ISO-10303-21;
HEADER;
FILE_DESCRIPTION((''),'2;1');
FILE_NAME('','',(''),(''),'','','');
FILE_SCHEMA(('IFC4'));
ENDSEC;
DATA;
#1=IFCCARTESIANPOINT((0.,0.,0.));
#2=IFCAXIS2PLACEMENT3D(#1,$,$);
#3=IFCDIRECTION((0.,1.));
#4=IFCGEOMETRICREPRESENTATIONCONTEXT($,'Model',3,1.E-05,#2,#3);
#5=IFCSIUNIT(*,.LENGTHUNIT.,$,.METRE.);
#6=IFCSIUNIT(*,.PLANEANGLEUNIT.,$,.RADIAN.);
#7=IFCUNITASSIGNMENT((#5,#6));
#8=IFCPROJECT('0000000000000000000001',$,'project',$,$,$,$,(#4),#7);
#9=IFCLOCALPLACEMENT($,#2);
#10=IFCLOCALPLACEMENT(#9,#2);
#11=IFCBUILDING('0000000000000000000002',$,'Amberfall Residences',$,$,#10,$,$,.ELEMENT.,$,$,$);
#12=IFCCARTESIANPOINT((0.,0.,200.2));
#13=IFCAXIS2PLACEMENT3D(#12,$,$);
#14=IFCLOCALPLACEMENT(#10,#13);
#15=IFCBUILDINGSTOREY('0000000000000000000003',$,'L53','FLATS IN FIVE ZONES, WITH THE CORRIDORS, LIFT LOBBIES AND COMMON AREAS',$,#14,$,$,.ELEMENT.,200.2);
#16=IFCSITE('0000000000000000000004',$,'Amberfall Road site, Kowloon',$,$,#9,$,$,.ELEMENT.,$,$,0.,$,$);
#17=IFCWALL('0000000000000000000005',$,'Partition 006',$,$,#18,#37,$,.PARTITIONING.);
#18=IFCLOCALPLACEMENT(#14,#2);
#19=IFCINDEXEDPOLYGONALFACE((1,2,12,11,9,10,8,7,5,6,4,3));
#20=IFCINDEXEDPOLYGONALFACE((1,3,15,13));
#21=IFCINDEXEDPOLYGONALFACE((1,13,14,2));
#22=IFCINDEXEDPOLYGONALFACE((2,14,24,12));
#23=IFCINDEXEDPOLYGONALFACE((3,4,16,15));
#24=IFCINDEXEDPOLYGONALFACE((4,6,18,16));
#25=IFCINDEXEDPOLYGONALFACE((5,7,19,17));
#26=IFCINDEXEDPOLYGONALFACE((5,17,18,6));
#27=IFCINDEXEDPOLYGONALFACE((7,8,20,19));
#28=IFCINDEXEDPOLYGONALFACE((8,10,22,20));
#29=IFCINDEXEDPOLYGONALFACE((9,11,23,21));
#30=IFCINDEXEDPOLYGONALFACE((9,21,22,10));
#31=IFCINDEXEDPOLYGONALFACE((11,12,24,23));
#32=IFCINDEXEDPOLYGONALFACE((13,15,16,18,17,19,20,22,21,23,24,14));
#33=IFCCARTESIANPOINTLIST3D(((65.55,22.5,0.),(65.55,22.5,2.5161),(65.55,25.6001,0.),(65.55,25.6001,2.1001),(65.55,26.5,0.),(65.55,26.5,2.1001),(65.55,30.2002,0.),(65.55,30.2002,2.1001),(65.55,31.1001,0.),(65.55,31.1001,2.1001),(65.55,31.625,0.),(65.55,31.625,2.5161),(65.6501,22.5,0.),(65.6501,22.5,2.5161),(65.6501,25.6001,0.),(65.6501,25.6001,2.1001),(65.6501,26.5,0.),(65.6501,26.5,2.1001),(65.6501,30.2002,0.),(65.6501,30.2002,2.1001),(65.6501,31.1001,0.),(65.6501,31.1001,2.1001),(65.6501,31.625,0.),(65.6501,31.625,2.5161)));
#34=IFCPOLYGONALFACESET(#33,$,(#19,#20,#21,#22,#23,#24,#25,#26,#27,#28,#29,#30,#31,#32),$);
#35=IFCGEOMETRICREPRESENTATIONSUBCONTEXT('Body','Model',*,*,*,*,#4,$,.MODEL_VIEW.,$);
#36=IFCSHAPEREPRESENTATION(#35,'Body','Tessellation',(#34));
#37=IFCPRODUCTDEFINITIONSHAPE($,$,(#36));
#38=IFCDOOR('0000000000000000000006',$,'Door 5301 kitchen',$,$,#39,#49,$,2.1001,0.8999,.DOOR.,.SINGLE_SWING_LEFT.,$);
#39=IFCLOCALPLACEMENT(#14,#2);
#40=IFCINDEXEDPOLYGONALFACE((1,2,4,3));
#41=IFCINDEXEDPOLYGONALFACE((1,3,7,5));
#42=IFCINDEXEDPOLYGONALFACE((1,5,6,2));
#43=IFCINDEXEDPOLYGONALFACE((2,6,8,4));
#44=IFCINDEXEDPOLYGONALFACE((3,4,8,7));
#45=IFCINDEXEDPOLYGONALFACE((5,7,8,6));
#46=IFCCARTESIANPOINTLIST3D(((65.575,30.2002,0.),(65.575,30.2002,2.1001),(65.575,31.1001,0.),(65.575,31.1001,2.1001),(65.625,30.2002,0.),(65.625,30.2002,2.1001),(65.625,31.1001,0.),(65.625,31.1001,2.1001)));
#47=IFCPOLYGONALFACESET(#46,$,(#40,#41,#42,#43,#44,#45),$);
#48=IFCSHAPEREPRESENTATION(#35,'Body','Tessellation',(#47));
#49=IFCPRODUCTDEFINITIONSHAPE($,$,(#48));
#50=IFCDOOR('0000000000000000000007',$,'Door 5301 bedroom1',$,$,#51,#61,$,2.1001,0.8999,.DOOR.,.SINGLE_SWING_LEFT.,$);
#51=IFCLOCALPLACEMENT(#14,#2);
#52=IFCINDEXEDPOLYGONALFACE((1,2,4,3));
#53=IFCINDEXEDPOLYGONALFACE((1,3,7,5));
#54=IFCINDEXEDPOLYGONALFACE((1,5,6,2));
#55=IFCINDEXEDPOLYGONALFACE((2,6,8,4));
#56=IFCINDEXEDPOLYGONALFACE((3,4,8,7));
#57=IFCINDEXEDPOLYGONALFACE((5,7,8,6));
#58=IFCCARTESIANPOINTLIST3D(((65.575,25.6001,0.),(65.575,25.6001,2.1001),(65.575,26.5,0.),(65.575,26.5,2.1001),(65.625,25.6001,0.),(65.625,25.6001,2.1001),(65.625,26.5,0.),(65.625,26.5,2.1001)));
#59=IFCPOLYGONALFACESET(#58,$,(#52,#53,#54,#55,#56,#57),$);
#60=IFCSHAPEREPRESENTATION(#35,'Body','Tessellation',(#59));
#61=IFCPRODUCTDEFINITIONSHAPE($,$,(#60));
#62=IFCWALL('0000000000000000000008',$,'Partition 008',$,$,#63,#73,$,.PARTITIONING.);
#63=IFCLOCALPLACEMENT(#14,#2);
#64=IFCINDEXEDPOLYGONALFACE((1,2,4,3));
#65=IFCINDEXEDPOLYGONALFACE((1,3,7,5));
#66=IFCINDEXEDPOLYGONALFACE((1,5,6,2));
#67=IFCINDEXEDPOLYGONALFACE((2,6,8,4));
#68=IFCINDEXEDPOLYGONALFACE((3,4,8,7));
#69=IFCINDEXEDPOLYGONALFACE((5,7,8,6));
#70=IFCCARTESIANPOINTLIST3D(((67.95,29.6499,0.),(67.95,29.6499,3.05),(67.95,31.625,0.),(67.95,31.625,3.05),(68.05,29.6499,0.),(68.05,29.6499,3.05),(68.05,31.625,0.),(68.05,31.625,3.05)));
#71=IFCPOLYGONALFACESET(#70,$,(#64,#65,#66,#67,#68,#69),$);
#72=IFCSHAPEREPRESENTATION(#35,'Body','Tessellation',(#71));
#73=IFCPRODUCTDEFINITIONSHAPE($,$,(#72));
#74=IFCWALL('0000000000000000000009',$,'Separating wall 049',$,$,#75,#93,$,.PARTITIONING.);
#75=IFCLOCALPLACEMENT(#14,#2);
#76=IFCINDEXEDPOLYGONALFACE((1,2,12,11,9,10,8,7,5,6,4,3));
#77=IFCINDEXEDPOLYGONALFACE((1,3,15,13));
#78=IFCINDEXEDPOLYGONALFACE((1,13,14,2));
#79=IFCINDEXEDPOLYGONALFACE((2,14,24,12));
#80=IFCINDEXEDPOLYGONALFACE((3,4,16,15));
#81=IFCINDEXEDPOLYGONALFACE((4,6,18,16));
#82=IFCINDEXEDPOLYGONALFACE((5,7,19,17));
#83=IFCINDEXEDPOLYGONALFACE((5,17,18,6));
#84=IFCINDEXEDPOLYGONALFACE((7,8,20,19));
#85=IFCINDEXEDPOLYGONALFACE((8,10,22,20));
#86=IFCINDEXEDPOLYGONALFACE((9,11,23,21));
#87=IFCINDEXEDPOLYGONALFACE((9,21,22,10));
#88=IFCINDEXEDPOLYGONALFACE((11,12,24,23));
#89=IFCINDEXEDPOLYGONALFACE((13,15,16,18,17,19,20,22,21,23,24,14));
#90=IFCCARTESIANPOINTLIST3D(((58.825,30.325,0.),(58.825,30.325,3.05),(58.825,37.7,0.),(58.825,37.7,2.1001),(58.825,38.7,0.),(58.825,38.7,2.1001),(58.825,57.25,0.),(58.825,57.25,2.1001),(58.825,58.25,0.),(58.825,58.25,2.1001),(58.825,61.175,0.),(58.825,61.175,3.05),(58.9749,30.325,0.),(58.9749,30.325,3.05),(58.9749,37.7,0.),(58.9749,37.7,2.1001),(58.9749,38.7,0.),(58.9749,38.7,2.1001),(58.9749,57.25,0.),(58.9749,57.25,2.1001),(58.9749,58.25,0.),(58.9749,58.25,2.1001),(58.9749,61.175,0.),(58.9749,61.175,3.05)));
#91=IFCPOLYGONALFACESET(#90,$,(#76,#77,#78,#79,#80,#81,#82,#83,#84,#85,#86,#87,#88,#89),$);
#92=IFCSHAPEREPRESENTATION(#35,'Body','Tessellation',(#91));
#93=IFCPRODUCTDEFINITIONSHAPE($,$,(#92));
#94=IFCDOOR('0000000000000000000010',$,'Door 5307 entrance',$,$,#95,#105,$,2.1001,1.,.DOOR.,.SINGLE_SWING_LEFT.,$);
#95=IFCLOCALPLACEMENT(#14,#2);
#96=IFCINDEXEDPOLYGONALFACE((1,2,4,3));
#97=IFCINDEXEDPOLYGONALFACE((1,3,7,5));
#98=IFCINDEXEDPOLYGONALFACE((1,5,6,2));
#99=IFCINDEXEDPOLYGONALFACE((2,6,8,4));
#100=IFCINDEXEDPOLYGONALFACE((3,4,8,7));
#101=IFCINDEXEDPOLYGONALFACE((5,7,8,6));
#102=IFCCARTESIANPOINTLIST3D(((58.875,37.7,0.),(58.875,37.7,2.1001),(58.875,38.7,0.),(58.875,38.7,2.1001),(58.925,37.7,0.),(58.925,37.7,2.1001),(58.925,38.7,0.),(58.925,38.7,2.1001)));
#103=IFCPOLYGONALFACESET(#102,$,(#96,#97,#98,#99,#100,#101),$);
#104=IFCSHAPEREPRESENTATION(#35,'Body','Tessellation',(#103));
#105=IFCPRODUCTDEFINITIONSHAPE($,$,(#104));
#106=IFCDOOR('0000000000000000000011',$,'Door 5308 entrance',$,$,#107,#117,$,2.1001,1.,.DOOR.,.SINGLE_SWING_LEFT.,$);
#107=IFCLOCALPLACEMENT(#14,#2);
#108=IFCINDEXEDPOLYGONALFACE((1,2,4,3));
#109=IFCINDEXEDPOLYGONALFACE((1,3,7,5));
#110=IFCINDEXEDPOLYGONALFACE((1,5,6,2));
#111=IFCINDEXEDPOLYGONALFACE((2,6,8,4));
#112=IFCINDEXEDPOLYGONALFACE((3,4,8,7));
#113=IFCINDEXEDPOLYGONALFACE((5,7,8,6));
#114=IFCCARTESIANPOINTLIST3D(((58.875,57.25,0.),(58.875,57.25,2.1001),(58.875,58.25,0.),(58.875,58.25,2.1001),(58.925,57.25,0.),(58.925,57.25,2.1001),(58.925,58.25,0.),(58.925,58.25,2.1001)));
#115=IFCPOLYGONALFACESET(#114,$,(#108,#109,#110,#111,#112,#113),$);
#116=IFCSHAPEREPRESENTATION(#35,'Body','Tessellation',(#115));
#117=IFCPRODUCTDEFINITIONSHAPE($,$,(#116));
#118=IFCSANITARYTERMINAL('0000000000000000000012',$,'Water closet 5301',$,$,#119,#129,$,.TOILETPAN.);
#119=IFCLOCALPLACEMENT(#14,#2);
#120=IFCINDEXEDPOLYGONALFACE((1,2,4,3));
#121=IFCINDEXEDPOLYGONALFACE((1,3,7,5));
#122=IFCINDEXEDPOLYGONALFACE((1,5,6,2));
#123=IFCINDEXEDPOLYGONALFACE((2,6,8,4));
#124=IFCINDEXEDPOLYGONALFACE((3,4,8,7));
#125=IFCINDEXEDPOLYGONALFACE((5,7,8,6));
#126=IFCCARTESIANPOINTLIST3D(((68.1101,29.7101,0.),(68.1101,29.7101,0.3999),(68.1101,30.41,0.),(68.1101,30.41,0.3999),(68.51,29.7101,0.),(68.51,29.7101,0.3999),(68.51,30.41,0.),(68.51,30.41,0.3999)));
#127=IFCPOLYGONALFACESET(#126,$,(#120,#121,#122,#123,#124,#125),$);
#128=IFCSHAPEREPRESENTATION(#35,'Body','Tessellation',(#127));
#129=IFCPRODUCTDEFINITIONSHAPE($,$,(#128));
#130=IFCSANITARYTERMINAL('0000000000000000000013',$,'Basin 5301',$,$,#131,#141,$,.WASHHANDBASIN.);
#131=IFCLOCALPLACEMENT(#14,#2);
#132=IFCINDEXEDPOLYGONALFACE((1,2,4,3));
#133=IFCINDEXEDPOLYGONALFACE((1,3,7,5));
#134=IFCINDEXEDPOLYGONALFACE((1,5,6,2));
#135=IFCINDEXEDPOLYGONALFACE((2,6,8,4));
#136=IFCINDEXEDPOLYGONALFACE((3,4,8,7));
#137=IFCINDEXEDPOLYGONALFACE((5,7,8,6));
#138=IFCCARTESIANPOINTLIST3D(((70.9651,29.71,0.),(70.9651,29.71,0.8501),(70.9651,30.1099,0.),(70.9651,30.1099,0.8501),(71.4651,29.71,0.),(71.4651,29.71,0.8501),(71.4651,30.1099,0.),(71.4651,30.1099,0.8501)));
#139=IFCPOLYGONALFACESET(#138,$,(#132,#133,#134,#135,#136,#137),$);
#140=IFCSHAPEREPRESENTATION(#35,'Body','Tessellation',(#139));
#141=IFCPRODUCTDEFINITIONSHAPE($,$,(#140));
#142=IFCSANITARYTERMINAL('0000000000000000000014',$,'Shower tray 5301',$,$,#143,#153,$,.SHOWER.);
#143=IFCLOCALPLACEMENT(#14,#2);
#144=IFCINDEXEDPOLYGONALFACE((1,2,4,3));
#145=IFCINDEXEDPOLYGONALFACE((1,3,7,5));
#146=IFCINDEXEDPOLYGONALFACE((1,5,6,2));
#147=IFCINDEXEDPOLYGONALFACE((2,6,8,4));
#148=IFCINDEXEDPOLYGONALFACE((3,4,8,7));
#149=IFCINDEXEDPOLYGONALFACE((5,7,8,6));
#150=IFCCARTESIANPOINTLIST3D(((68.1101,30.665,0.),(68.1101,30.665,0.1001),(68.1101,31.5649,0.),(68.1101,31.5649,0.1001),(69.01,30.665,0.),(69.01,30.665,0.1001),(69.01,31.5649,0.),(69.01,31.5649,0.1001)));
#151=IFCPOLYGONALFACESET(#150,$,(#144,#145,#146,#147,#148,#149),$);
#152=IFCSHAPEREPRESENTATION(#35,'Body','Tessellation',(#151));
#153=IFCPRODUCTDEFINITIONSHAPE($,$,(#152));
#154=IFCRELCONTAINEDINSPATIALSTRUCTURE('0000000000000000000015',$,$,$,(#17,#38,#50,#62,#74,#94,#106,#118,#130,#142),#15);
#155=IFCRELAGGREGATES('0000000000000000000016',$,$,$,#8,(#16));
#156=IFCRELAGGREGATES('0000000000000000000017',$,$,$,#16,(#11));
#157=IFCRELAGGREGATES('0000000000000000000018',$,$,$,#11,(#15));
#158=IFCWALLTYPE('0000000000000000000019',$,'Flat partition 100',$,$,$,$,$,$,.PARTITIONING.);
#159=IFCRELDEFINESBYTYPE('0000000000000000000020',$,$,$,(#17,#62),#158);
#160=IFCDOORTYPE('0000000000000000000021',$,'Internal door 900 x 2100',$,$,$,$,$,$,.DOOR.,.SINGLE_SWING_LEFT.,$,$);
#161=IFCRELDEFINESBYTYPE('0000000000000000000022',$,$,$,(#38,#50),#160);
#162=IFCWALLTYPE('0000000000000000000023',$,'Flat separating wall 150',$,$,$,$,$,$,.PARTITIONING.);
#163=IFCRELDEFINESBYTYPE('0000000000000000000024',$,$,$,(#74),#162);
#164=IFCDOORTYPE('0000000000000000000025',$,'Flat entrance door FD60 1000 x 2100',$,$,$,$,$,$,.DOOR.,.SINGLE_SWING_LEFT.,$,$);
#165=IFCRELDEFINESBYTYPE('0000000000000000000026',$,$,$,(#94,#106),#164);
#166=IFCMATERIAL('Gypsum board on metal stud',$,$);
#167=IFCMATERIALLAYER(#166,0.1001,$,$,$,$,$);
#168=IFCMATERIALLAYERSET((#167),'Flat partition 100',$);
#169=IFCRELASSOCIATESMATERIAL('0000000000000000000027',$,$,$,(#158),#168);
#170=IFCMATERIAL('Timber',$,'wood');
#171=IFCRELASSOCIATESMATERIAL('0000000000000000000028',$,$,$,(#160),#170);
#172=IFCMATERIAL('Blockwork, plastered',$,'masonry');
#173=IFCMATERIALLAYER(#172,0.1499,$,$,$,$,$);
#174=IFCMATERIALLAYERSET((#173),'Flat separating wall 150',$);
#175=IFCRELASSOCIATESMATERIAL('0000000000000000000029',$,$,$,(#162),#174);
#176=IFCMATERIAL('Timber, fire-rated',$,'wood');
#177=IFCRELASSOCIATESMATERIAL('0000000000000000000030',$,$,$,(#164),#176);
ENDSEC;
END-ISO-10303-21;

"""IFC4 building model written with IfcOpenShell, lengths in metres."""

from ifc_helpers import new_model, si_unit, direction, frame, frame_2d, origin, origin_2d, place, context, subcontext, project, spatial, rectangle, extrude, material, layer, layer_set, type_object, element, fill, save


model = new_model("IFC4")

# Units and contexts
model_context = context("Model", 3, precision=1e-05, world=origin(), true_north=direction((0.0, 1.0)))
body_context = subcontext(model_context, "Body", "Model", "MODEL_VIEW")
ifc_project = project(units=[si_unit("LENGTHUNIT", "METRE"), si_unit("PLANEANGLEUNIT", "RADIAN")], contexts=[model_context])

# Site, building, storey
site_placement = place(None, origin())
site = spatial("IfcSite", under=ifc_project, at=site_placement, Name="Amberfall Road site, Kowloon", CompositionType="ELEMENT", RefElevation=0.0)
building_placement = place(site_placement, origin())
building = spatial("IfcBuilding", under=site, at=building_placement, Name="Amberfall Residences", CompositionType="ELEMENT")
storey_placement = place(building_placement, frame((0.0, 0.0, 200.2)))
storey = spatial("IfcBuildingStorey", under=building, at=storey_placement, Name="L53", Description="FLATS IN FIVE ZONES, WITH THE CORRIDORS, LIFT LOBBIES AND COMMON AREAS", CompositionType="ELEMENT", Elevation=200.2)

# Wall, openings, doors
ifc_material_1 = material(Name="Gypsum board on metal stud")
ifc_layer_1 = layer(ifc_material_1, 0.1001)
ifc_layer_set_1 = layer_set([ifc_layer_1], Name="Flat partition 100")
wall_type_1 = type_object("IfcWallType", Name="Flat partition 100", PredefinedType="PARTITIONING", material=ifc_layer_set_1)
wall_1_placement = place(storey_placement, frame((65.6001, 31.625, 0.0), z_axis=(0.0, 0.0, 1.0), x_axis=(0.0, -1.0, 0.0)))
wall_1 = element("IfcWall", 1, at=wall_1_placement, inside=storey, type_object=wall_type_1, Name="Partition 006", PredefinedType="PARTITIONING", context=body_context, shape_type="SweptSolid", body=[
    extrude(rectangle(XDim=9.125, YDim=0.1001, at=frame_2d((4.5625, 0.0))), origin(), (0.0, 0.0, 1.0), 2.5161),
])
opening_1_placement = place(wall_1_placement, frame((0.5249, 0.0, 0.0)))
opening_1 = element("IfcOpeningElement", 2, at=opening_1_placement, cuts=wall_1, PredefinedType="OPENING", context=body_context, shape_type="SweptSolid", body=[
    extrude(rectangle(XDim=0.8999, YDim=2.1001, at=frame_2d((0.45, 1.05))), frame((0.0, 0.0601, 0.0), z_axis=(0.0, -1.0, 0.0), x_axis=(1.0, 0.0, 0.0)), (0.0, 0.0, 1.0), 0.1201),
])
opening_2_placement = place(wall_1_placement, frame((5.125, 0.0, 0.0)))
opening_2 = element("IfcOpeningElement", 3, at=opening_2_placement, cuts=wall_1, PredefinedType="OPENING", context=body_context, shape_type="SweptSolid", body=[
    extrude(rectangle(XDim=0.8999, YDim=2.1001, at=frame_2d((0.45, 1.05))), frame((0.0, 0.0601, 0.0), z_axis=(0.0, -1.0, 0.0), x_axis=(1.0, 0.0, 0.0)), (0.0, 0.0, 1.0), 0.1201),
])
ifc_material_2 = material(Name="Timber", Category="wood")
door_type_1 = type_object("IfcDoorType", Name="Internal door 900 x 2100", OperationType="SINGLE_SWING_LEFT", PredefinedType="DOOR", material=ifc_material_2)
door_1_placement = place(opening_1_placement, origin())
door_1 = element("IfcDoor", 4, at=door_1_placement, inside=storey, type_object=door_type_1, Name="Door 5301 kitchen", OperationType="SINGLE_SWING_LEFT", OverallHeight=2.1001, OverallWidth=0.8999, PredefinedType="DOOR", context=body_context, shape_type="SweptSolid", body=[
    extrude(rectangle(XDim=0.8999, YDim=2.1001, at=frame_2d((0.45, 1.05))), frame((0.0, 0.0249, 0.0), z_axis=(0.0, -1.0, 0.0), x_axis=(1.0, 0.0, 0.0)), (0.0, 0.0, 1.0), 0.05),
])
fill(opening_1, door_1)
door_2_placement = place(opening_2_placement, origin())
door_2 = element("IfcDoor", 5, at=door_2_placement, inside=storey, type_object=door_type_1, Name="Door 5301 bedroom1", OperationType="SINGLE_SWING_LEFT", OverallHeight=2.1001, OverallWidth=0.8999, PredefinedType="DOOR", context=body_context, shape_type="SweptSolid", body=[
    extrude(rectangle(XDim=0.8999, YDim=2.1001, at=frame_2d((0.45, 1.05))), frame((0.0, 0.0249, 0.0), z_axis=(0.0, -1.0, 0.0), x_axis=(1.0, 0.0, 0.0)), (0.0, 0.0, 1.0), 0.05),
])
fill(opening_2, door_2)

# Wall
wall_2_placement = place(storey_placement, frame((68.0, 29.6499, 0.0), z_axis=(0.0, 0.0, 1.0), x_axis=(0.0, 1.0, 0.0)))
element("IfcWall", 6, at=wall_2_placement, inside=storey, type_object=wall_type_1, Name="Partition 008", PredefinedType="PARTITIONING", context=body_context, shape_type="SweptSolid", body=[
    extrude(rectangle(XDim=1.9751, YDim=0.1001, at=frame_2d((0.9875, 0.0))), origin(), (0.0, 0.0, 1.0), 3.05),
])

# Wall, openings, doors
ifc_material_3 = material(Name="Blockwork, plastered", Category="masonry")
ifc_layer_2 = layer(ifc_material_3, 0.1499)
ifc_layer_set_2 = layer_set([ifc_layer_2], Name="Flat separating wall 150")
wall_type_2 = type_object("IfcWallType", Name="Flat separating wall 150", PredefinedType="PARTITIONING", material=ifc_layer_set_2)
wall_3_placement = place(storey_placement, frame((58.8999, 30.325, 0.0), z_axis=(0.0, 0.0, 1.0), x_axis=(0.0, 1.0, 0.0)))
wall_3 = element("IfcWall", 7, at=wall_3_placement, inside=storey, type_object=wall_type_2, Name="Separating wall 049", PredefinedType="PARTITIONING", context=body_context, shape_type="SweptSolid", body=[
    extrude(rectangle(XDim=30.8501, YDim=0.1499, at=frame_2d((15.425, 0.0))), origin(), (0.0, 0.0, 1.0), 3.05),
])
opening_3_placement = place(wall_3_placement, frame((7.375, 0.0, 0.0)))
opening_3 = element("IfcOpeningElement", 8, at=opening_3_placement, cuts=wall_3, PredefinedType="OPENING", context=body_context, shape_type="SweptSolid", body=[
    extrude(rectangle(XDim=1.0, YDim=2.1001, at=frame_2d((0.5, 1.05))), frame((0.0, 0.085, 0.0), z_axis=(0.0, -1.0, 0.0), x_axis=(1.0, 0.0, 0.0)), (0.0, 0.0, 1.0), 0.1699),
])
opening_4_placement = place(wall_3_placement, frame((26.925, 0.0, 0.0)))
opening_4 = element("IfcOpeningElement", 9, at=opening_4_placement, cuts=wall_3, PredefinedType="OPENING", context=body_context, shape_type="SweptSolid", body=[
    extrude(rectangle(XDim=1.0, YDim=2.1001, at=frame_2d((0.5, 1.05))), frame((0.0, 0.085, 0.0), z_axis=(0.0, -1.0, 0.0), x_axis=(1.0, 0.0, 0.0)), (0.0, 0.0, 1.0), 0.1699),
])
ifc_material_4 = material(Name="Timber, fire-rated", Category="wood")
door_type_2 = type_object("IfcDoorType", Name="Flat entrance door FD60 1000 x 2100", OperationType="SINGLE_SWING_LEFT", PredefinedType="DOOR", material=ifc_material_4)
door_3_placement = place(opening_3_placement, origin())
door_3 = element("IfcDoor", 10, at=door_3_placement, inside=storey, type_object=door_type_2, Name="Door 5307 entrance", OperationType="SINGLE_SWING_LEFT", OverallHeight=2.1001, OverallWidth=1.0, PredefinedType="DOOR", context=body_context, shape_type="SweptSolid", body=[
    extrude(rectangle(XDim=1.0, YDim=2.1001, at=frame_2d((0.5, 1.05))), frame((0.0, 0.0249, 0.0), z_axis=(0.0, -1.0, 0.0), x_axis=(1.0, 0.0, 0.0)), (0.0, 0.0, 1.0), 0.05),
])
fill(opening_3, door_3)
door_4_placement = place(opening_4_placement, origin())
door_4 = element("IfcDoor", 11, at=door_4_placement, inside=storey, type_object=door_type_2, Name="Door 5308 entrance", OperationType="SINGLE_SWING_LEFT", OverallHeight=2.1001, OverallWidth=1.0, PredefinedType="DOOR", context=body_context, shape_type="SweptSolid", body=[
    extrude(rectangle(XDim=1.0, YDim=2.1001, at=frame_2d((0.5, 1.05))), frame((0.0, 0.0249, 0.0), z_axis=(0.0, -1.0, 0.0), x_axis=(1.0, 0.0, 0.0)), (0.0, 0.0, 1.0), 0.05),
])
fill(opening_4, door_4)

# Sanitary terminals
sanitary_terminal_1_placement = place(storey_placement, frame((68.3101, 30.0601, 0.0), z_axis=(0.0, 0.0, 1.0), x_axis=(1.0, 0.0, 0.0)))
element("IfcSanitaryTerminal", 12, at=sanitary_terminal_1_placement, inside=storey, Name="Water closet 5301", PredefinedType="TOILETPAN", context=body_context, shape_type="SweptSolid", body=[
    extrude(rectangle(XDim=0.3999, YDim=0.7, at=origin_2d()), origin(), (0.0, 0.0, 1.0), 0.3999),
])
sanitary_terminal_2_placement = place(storey_placement, frame((71.2151, 29.9099, 0.0), z_axis=(0.0, 0.0, 1.0), x_axis=(1.0, 0.0, 0.0)))
element("IfcSanitaryTerminal", 13, at=sanitary_terminal_2_placement, inside=storey, Name="Basin 5301", PredefinedType="WASHHANDBASIN", context=body_context, shape_type="SweptSolid", body=[
    extrude(rectangle(XDim=0.5, YDim=0.3999, at=origin_2d()), origin(), (0.0, 0.0, 1.0), 0.8501),
])
sanitary_terminal_3_placement = place(storey_placement, frame((68.5601, 31.115, 0.0), z_axis=(0.0, 0.0, 1.0), x_axis=(1.0, 0.0, 0.0)))
element("IfcSanitaryTerminal", 14, at=sanitary_terminal_3_placement, inside=storey, Name="Shower tray 5301", PredefinedType="SHOWER", context=body_context, shape_type="SweptSolid", body=[
    extrude(rectangle(XDim=0.8999, YDim=0.8999, at=origin_2d()), origin(), (0.0, 0.0, 1.0), 0.1001),
])

save(model, "model.ifc")
